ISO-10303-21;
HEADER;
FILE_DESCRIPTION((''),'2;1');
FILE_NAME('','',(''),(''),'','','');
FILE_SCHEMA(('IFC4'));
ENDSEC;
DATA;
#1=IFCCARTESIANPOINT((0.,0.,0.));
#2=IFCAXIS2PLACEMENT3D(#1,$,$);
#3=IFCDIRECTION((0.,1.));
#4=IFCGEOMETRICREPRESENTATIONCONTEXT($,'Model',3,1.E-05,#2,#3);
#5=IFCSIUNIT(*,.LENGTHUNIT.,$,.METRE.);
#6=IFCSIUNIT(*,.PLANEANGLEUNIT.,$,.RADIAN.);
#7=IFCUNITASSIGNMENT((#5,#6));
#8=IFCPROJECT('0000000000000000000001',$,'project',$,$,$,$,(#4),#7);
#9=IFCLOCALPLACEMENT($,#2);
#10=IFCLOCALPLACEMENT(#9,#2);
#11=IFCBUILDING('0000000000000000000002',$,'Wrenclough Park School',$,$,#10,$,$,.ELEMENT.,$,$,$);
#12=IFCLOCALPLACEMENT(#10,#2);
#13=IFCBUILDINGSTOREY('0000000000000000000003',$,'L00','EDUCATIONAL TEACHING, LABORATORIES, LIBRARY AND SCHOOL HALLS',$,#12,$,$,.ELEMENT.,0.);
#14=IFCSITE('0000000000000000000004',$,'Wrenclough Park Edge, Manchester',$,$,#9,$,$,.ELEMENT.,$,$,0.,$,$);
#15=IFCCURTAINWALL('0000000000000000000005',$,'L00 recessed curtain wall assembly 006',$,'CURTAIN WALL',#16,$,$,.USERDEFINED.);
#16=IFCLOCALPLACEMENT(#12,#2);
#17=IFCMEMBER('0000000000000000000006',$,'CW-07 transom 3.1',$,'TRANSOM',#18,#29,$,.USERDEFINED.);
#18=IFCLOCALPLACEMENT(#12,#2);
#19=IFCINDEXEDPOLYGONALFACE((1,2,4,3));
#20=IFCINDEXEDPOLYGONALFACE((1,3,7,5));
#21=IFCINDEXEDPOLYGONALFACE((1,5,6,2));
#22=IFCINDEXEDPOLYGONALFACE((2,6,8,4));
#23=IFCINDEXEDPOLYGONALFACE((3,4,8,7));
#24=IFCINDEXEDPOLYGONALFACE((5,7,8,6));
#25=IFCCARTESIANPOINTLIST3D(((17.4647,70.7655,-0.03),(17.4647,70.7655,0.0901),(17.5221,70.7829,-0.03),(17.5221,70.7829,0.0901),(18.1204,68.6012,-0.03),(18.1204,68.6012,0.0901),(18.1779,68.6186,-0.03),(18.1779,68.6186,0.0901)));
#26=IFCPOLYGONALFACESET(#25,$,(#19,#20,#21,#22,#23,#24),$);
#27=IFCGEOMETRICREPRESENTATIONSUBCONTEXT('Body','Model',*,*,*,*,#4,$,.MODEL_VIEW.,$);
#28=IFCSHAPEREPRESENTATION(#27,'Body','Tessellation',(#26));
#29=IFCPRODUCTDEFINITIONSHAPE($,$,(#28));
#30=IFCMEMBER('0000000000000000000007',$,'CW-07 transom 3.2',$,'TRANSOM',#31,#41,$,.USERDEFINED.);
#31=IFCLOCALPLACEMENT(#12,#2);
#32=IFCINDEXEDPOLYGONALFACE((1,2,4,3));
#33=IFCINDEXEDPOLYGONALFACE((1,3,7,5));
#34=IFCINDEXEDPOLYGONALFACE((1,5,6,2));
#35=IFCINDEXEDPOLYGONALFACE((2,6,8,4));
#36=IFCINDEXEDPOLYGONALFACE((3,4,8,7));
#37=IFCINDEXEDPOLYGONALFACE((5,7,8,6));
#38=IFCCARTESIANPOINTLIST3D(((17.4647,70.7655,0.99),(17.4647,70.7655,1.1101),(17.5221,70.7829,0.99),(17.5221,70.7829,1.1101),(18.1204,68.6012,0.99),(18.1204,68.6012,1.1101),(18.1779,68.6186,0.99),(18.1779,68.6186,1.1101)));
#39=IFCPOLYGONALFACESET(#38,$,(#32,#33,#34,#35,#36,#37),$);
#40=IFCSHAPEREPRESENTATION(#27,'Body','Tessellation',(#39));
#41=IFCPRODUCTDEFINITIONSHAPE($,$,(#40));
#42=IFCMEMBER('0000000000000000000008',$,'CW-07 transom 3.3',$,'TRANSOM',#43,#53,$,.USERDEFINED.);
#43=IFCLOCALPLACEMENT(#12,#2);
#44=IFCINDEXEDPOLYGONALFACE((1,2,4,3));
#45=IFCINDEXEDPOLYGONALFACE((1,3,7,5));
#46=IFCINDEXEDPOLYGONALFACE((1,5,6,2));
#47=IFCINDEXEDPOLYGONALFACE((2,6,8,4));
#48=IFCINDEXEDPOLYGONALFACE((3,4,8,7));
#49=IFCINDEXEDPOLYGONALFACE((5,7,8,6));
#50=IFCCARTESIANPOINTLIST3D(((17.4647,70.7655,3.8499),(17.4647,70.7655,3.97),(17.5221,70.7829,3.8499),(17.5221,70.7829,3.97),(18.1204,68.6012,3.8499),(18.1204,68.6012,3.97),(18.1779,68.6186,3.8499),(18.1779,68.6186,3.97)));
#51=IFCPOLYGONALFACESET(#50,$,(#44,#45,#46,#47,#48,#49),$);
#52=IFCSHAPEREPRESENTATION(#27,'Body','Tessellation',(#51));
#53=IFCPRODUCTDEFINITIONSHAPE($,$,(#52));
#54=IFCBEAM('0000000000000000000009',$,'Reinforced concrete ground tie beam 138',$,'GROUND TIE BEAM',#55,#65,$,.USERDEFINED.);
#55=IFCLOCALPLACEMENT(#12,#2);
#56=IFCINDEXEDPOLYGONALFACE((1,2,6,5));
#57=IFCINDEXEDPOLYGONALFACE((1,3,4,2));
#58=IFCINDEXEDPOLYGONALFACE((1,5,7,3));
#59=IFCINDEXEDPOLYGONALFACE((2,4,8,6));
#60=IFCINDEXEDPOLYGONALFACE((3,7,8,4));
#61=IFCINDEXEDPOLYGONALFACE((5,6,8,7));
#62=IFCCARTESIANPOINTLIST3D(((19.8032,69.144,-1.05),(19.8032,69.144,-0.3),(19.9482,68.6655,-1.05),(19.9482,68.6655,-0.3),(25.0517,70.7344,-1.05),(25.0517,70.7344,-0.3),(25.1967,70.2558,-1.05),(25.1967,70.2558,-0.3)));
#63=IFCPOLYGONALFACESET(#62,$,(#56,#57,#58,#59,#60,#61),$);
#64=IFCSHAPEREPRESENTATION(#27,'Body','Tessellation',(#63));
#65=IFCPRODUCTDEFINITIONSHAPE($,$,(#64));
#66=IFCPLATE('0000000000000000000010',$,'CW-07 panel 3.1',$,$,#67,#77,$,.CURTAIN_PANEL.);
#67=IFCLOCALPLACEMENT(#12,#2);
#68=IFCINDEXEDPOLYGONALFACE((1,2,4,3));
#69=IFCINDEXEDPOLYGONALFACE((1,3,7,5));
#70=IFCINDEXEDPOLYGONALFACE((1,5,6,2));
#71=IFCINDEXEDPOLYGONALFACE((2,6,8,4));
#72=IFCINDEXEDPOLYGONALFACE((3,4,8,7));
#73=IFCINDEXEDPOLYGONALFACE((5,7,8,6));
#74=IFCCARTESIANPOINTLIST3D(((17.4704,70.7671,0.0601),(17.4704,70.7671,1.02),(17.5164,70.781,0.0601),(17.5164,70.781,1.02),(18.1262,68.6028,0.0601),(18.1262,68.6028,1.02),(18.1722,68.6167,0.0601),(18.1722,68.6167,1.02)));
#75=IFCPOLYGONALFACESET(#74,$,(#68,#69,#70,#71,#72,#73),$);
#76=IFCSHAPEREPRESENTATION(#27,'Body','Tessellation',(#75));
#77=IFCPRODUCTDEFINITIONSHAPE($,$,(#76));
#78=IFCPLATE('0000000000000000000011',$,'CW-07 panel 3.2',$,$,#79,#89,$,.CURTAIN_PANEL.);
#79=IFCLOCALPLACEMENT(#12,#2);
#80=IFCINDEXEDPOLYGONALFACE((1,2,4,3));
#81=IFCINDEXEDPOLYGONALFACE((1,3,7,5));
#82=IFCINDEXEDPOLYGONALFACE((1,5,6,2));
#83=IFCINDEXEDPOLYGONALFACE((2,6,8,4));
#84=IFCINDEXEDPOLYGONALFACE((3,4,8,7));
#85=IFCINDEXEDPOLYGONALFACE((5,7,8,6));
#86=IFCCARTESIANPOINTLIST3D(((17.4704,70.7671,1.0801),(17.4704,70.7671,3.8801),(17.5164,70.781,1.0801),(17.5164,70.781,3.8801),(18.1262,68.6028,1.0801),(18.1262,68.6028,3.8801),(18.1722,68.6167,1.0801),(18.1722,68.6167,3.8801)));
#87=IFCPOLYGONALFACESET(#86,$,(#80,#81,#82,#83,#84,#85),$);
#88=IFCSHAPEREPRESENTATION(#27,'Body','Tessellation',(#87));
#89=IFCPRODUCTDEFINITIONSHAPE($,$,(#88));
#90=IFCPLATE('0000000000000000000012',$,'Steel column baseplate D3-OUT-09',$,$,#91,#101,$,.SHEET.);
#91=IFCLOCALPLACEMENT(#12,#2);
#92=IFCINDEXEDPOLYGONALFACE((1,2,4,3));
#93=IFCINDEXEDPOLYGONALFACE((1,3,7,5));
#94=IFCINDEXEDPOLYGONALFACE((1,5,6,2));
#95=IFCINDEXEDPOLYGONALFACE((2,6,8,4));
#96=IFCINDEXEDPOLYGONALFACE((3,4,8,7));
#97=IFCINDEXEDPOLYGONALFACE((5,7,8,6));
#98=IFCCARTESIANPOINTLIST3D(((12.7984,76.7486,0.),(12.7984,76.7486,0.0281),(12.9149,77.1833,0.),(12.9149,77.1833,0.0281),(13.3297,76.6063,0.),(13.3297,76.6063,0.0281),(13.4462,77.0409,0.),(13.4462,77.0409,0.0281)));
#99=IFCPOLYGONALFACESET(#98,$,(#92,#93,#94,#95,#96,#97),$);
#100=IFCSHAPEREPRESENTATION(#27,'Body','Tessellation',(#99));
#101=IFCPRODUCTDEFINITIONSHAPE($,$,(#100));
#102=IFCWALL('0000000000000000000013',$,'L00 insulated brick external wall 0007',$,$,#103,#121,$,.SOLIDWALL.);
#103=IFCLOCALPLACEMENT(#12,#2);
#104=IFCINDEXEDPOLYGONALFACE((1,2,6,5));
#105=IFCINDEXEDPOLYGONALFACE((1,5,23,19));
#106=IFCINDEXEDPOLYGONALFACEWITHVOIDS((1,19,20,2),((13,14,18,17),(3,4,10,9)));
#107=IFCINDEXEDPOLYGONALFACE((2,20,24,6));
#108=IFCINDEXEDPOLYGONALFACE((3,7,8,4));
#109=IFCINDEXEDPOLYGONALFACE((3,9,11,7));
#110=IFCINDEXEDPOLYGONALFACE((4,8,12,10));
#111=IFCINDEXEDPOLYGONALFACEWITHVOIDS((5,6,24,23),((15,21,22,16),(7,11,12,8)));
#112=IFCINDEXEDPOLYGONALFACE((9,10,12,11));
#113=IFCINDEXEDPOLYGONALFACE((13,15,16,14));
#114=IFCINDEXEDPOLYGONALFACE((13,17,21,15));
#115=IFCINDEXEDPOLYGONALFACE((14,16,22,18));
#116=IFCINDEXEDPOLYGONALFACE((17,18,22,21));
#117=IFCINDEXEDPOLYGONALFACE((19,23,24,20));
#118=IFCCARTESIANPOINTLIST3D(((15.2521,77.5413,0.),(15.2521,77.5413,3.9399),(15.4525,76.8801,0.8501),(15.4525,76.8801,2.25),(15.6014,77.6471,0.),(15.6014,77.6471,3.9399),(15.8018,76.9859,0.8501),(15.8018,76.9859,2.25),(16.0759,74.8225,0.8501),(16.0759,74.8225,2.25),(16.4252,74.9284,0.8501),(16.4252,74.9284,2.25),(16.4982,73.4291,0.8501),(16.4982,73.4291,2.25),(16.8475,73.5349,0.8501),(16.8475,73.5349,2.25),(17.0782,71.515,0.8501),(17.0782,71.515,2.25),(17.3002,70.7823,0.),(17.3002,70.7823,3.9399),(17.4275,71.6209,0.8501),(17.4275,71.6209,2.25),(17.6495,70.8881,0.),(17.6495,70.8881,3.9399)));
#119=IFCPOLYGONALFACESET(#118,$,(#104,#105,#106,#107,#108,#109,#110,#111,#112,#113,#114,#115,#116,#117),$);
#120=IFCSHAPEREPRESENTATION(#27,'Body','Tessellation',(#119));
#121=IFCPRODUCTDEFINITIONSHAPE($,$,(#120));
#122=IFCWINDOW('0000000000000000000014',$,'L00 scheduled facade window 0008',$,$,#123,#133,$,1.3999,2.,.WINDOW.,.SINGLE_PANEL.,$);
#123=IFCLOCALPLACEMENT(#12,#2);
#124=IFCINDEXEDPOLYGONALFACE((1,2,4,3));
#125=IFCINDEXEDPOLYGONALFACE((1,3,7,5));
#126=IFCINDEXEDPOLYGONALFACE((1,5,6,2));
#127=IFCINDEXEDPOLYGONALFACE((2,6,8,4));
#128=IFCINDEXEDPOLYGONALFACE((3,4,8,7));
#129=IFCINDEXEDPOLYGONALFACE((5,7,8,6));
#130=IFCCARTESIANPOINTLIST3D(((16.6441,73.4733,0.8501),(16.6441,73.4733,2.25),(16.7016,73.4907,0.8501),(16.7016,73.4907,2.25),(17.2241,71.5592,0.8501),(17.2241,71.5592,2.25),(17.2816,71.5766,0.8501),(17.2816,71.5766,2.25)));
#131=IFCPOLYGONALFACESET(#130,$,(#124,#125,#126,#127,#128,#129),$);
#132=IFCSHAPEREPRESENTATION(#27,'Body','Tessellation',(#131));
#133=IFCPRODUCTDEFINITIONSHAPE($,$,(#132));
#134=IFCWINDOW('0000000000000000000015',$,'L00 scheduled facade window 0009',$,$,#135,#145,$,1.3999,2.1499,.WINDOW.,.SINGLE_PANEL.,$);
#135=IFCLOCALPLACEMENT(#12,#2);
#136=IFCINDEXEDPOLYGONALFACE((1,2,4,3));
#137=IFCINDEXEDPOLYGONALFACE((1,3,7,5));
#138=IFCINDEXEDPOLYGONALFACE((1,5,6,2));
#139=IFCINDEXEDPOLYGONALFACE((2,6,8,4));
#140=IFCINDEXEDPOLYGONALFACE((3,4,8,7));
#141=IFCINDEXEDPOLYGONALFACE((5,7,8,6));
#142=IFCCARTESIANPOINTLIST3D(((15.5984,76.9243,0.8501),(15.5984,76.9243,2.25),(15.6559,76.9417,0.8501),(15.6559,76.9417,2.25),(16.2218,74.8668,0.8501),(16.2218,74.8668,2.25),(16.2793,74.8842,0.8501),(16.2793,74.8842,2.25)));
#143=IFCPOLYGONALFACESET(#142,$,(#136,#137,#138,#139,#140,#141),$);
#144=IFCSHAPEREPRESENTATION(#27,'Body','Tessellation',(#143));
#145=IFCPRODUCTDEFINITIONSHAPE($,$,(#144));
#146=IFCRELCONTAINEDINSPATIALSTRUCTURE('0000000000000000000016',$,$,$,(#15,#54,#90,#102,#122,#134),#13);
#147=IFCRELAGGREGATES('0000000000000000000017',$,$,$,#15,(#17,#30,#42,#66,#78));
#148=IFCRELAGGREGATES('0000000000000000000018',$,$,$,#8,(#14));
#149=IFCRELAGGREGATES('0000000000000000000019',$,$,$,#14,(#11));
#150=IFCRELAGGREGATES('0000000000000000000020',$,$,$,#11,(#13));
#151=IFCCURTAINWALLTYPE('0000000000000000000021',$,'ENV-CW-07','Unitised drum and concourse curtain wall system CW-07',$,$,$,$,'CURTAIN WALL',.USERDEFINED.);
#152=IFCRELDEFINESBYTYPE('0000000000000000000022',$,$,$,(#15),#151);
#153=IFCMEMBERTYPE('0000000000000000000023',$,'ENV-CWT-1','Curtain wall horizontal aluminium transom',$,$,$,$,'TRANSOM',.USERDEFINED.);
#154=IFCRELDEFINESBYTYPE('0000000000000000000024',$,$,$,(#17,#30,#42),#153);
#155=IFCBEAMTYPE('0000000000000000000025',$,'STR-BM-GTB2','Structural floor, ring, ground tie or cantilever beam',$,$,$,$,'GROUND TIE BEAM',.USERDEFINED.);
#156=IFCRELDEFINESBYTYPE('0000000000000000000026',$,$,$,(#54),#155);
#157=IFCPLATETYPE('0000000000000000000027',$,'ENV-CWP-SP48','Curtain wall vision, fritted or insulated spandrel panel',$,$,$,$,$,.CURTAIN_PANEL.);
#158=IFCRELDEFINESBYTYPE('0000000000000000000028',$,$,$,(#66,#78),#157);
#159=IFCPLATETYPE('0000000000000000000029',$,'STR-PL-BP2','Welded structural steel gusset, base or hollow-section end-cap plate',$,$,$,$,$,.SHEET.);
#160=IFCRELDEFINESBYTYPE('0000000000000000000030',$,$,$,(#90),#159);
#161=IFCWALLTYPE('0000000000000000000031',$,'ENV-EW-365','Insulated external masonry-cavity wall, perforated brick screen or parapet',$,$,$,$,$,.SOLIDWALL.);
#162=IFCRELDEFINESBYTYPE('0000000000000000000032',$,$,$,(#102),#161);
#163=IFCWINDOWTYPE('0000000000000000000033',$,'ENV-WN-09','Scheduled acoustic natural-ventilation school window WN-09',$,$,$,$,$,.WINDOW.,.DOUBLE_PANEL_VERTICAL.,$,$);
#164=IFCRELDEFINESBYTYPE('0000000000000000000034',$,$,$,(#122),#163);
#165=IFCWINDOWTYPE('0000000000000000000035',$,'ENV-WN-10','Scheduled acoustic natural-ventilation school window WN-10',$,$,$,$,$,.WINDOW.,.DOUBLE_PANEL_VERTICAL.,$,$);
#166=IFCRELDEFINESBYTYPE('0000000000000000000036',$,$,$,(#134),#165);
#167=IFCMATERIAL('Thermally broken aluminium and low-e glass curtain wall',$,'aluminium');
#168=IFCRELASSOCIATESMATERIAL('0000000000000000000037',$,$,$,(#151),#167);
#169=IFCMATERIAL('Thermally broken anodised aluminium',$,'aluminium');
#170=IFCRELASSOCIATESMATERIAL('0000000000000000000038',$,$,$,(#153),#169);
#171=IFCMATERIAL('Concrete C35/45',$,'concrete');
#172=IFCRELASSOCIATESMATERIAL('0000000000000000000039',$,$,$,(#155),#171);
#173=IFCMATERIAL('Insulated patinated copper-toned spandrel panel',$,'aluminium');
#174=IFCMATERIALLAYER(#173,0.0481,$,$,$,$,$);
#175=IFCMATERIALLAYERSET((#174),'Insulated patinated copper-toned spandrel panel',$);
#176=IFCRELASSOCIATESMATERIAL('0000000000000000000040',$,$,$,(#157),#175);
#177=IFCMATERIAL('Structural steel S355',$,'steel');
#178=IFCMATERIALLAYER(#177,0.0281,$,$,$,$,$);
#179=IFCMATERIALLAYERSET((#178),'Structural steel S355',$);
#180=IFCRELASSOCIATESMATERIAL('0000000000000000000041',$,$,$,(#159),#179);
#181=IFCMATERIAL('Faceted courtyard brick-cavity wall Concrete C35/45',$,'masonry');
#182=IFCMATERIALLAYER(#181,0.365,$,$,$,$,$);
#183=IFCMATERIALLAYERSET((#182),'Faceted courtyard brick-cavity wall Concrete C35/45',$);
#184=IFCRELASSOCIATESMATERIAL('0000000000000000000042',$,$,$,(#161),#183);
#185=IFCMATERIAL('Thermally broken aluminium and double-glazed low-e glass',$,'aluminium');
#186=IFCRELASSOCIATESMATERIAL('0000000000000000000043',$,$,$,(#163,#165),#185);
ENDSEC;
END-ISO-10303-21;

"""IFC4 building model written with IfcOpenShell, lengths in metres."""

from ifc_helpers import new_model, si_unit, direction, frame, frame_2d, origin, origin_2d, place, context, subcontext, project, spatial, rectangle, extrude, material, layer, layer_set, material_profile, profile_set, type_object, element, fill, aggregate, save


model = new_model("IFC4")

# Units and contexts
model_context = context("Model", 3, precision=1e-05, world=origin(), true_north=direction((0.0, 1.0)))
body_context = subcontext(model_context, "Body", "Model", "MODEL_VIEW")
ifc_project = project(units=[si_unit("LENGTHUNIT", "METRE"), si_unit("PLANEANGLEUNIT", "RADIAN")], contexts=[model_context])

# Site, building, storey
site_placement = place(None, origin())
site = spatial("IfcSite", under=ifc_project, at=site_placement, Name="Wrenclough Park Edge, Manchester", CompositionType="ELEMENT", RefElevation=0.0)
building_placement = place(site_placement, origin())
building = spatial("IfcBuilding", under=site, at=building_placement, Name="Wrenclough Park School", CompositionType="ELEMENT")
storey_placement = place(building_placement, origin())
storey = spatial("IfcBuildingStorey", under=building, at=storey_placement, Name="L00", Description="EDUCATIONAL TEACHING, LABORATORIES, LIBRARY AND SCHOOL HALLS", CompositionType="ELEMENT", Elevation=0.0)

# Shared definitions
ifc_material_1 = material(Name="Concrete C35/45", Category="concrete")

# Shared definitions
ifc_material_2 = material(Name="Structural steel S355", Category="steel")

# Curtain wall, members
ifc_material_3 = material(Name="Thermally broken aluminium and low-e glass curtain wall", Category="aluminium")
curtain_wall_type = type_object("IfcCurtainWallType", Name="ENV-CW-07", Description="Unitised drum and concourse curtain wall system CW-07", ElementType="CURTAIN WALL", PredefinedType="USERDEFINED", material=ifc_material_3)
curtain_wall_placement = place(storey_placement, origin())
curtain_wall = element("IfcCurtainWall", 1, at=curtain_wall_placement, inside=storey, type_object=curtain_wall_type, Name="L00 recessed curtain wall assembly 006", ObjectType="CURTAIN WALL", PredefinedType="USERDEFINED")
ifc_material_4 = material(Name="Thermally broken anodised aluminium", Category="aluminium")
ifc_material_profile_1 = material_profile(ifc_material_4, rectangle(XDim=0.0601, YDim=0.1201, at=origin_2d()), Name="AL TRANSOM 60x120")
ifc_profile_set_1 = profile_set([ifc_material_profile_1], Name="Thermally broken anodised aluminium")
member_type_1 = type_object("IfcMemberType", Name="ENV-CWT-1", Description="Curtain wall horizontal aluminium transom", ElementType="TRANSOM", PredefinedType="USERDEFINED", material=ifc_profile_set_1)
member_1_placement = place(storey_placement, frame((18.1492, 68.6099, 0.03), z_axis=(-0.289971, 0.957035, 0.0), x_axis=(-0.957035, -0.289971, 0.0)))
member_1 = element("IfcMember", 2, at=member_1_placement, type_object=member_type_1, Name="CW-07 transom 3.1", ObjectType="TRANSOM", PredefinedType="USERDEFINED", context=body_context, shape_type="SweptSolid", body=[
    extrude(rectangle(XDim=0.0601, YDim=0.1201, at=origin_2d()), origin(), (0.0, 0.0, 1.0), 2.2615),
])
member_2_placement = place(storey_placement, frame((18.1492, 68.6099, 1.05), z_axis=(-0.289971, 0.957035, 0.0), x_axis=(-0.957035, -0.289971, 0.0)))
member_2 = element("IfcMember", 3, at=member_2_placement, type_object=member_type_1, Name="CW-07 transom 3.2", ObjectType="TRANSOM", PredefinedType="USERDEFINED", context=body_context, shape_type="SweptSolid", body=[
    extrude(rectangle(XDim=0.0601, YDim=0.1201, at=origin_2d()), origin(), (0.0, 0.0, 1.0), 2.2615),
])
member_3_placement = place(storey_placement, frame((18.1492, 68.6099, 3.9099), z_axis=(-0.289971, 0.957035, 0.0), x_axis=(-0.957035, -0.289971, 0.0)))
member_3 = element("IfcMember", 4, at=member_3_placement, type_object=member_type_1, Name="CW-07 transom 3.3", ObjectType="TRANSOM", PredefinedType="USERDEFINED", context=body_context, shape_type="SweptSolid", body=[
    extrude(rectangle(XDim=0.0601, YDim=0.1201, at=origin_2d()), origin(), (0.0, 0.0, 1.0), 2.2615),
])

# Beam
ifc_material_profile_2 = material_profile(ifc_material_1, rectangle(XDim=0.5, YDim=0.75, at=origin_2d()), Name="RC GROUND 500x750")
ifc_profile_set_2 = profile_set([ifc_material_profile_2], Name="Concrete C35/45")
beam_type = type_object("IfcBeamType", Name="STR-BM-GTB2", Description="Structural floor, ring, ground tie or cantilever beam", ElementType="GROUND TIE BEAM", PredefinedType="USERDEFINED", material=ifc_profile_set_2)
beam_placement = place(storey_placement, frame((19.8757, 68.9048, -0.675), z_axis=(0.957031, 0.289985, 0.0), x_axis=(-0.289985, 0.957031, 0.0)))
element("IfcBeam", 5, at=beam_placement, inside=storey, type_object=beam_type, Name="Reinforced concrete ground tie beam 138", ObjectType="GROUND TIE BEAM", PredefinedType="USERDEFINED", context=body_context, shape_type="SweptSolid", body=[
    extrude(rectangle(XDim=0.5, YDim=0.75, at=origin_2d()), origin(), (0.0, 0.0, 1.0), 5.4841),
])

# Plates
ifc_material_5 = material(Name="Insulated patinated copper-toned spandrel panel", Category="aluminium")
ifc_layer_1 = layer(ifc_material_5, 0.0481)
ifc_layer_set_1 = layer_set([ifc_layer_1], Name="Insulated patinated copper-toned spandrel panel")
plate_type_1 = type_object("IfcPlateType", Name="ENV-CWP-SP48", Description="Curtain wall vision, fritted or insulated spandrel panel", PredefinedType="CURTAIN_PANEL", material=ifc_layer_set_1)
plate_1_placement = place(storey_placement, frame((17.8213, 69.6919, 0.0601), z_axis=(0.0, 0.0, 1.0), x_axis=(-0.290001, 0.957026, 0.0)))
plate_1 = element("IfcPlate", 6, at=plate_1_placement, type_object=plate_type_1, Name="CW-07 panel 3.1", PredefinedType="CURTAIN_PANEL", context=body_context, shape_type="SweptSolid", body=[
    extrude(rectangle(XDim=2.2615, YDim=0.0481, at=origin_2d()), origin(), (0.0, 0.0, 1.0), 0.96),
])
plate_2_placement = place(storey_placement, frame((17.8213, 69.6919, 1.0801), z_axis=(0.0, 0.0, 1.0), x_axis=(-0.290001, 0.957026, 0.0)))
plate_2 = element("IfcPlate", 7, at=plate_2_placement, type_object=plate_type_1, Name="CW-07 panel 3.2", PredefinedType="CURTAIN_PANEL", context=body_context, shape_type="SweptSolid", body=[
    extrude(rectangle(XDim=2.2615, YDim=0.0481, at=origin_2d()), origin(), (0.0, 0.0, 1.0), 2.8),
])
aggregate(curtain_wall, [member_1, member_2, member_3, plate_1, plate_2])
ifc_layer_2 = layer(ifc_material_2, 0.0281)
ifc_layer_set_2 = layer_set([ifc_layer_2], Name="Structural steel S355")
plate_type_2 = type_object("IfcPlateType", Name="STR-PL-BP2", Description="Welded structural steel gusset, base or hollow-section end-cap plate", PredefinedType="SHEET", material=ifc_layer_set_2)
plate_3_placement = place(storey_placement, frame((13.1223, 76.8948, 0.0), z_axis=(0.0, 0.0, 1.0), x_axis=(0.965926, -0.258819, 0.0)))
element("IfcPlate", 8, at=plate_3_placement, inside=storey, type_object=plate_type_2, Name="Steel column baseplate D3-OUT-09", PredefinedType="SHEET", context=body_context, shape_type="SweptSolid", body=[
    extrude(rectangle(XDim=0.55, YDim=0.45, at=origin_2d()), origin(), (0.0, 0.0, 1.0), 0.0281),
])

# Wall, openings, windows
ifc_material_6 = material(Name="Faceted courtyard brick-cavity wall Concrete C35/45", Category="masonry")
ifc_layer_3 = layer(ifc_material_6, 0.365)
ifc_layer_set_3 = layer_set([ifc_layer_3], Name="Faceted courtyard brick-cavity wall Concrete C35/45")
wall_type = type_object("IfcWallType", Name="ENV-EW-365", Description="Insulated external masonry-cavity wall, perforated brick screen or parapet", PredefinedType="SOLIDWALL", material=ifc_layer_set_3)
wall_placement = place(storey_placement, frame((17.4749, 70.8352, 0.0), z_axis=(0.0, 0.0, 1.0), x_axis=(-0.289995, 0.957028, 0.0)))
wall = element("IfcWall", 9, at=wall_placement, inside=storey, type_object=wall_type, Name="L00 insulated brick external wall 0007", PredefinedType="SOLIDWALL", context=body_context, shape_type="SweptSolid", body=[
    extrude(rectangle(XDim=7.0625, YDim=0.365, at=frame_2d((3.5312, 0.0))), origin(), (0.0, 0.0, 1.0), 3.9399),
])
opening_1_placement = place(wall_placement, frame((0.7656, 0.0, 0.8501)))
opening_1 = element("IfcOpeningElement", 10, at=opening_1_placement, cuts=wall, PredefinedType="OPENING", context=body_context, shape_type="SweptSolid", body=[
    extrude(rectangle(XDim=2.0, YDim=1.3999, at=frame_2d((1.0, 0.7))), frame((0.0, 0.1924, 0.0), z_axis=(0.0, -1.0, 0.0), x_axis=(1.0, 0.0, 0.0)), (0.0, 0.0, 1.0), 0.385),
])
opening_2_placement = place(wall_placement, frame((4.2217, 0.0, 0.8501)))
opening_2 = element("IfcOpeningElement", 11, at=opening_2_placement, cuts=wall, PredefinedType="OPENING", context=body_context, shape_type="SweptSolid", body=[
    extrude(rectangle(XDim=2.1499, YDim=1.3999, at=frame_2d((1.075, 0.7))), frame((0.0, 0.1924, 0.0), z_axis=(0.0, -1.0, 0.0), x_axis=(1.0, 0.0, 0.0)), (0.0, 0.0, 1.0), 0.385),
])
ifc_material_7 = material(Name="Thermally broken aluminium and double-glazed low-e glass", Category="aluminium")
window_type_1 = type_object("IfcWindowType", Name="ENV-WN-09", Description="Scheduled acoustic natural-ventilation school window WN-09", PartitioningType="DOUBLE_PANEL_VERTICAL", PredefinedType="WINDOW", material=ifc_material_7)
window_1_placement = place(opening_1_placement, origin())
window_1 = element("IfcWindow", 12, at=window_1_placement, inside=storey, type_object=window_type_1, Name="L00 scheduled facade window 0008", OverallHeight=1.3999, OverallWidth=2.0, PartitioningType="SINGLE_PANEL", PredefinedType="WINDOW", context=body_context, shape_type="SweptSolid", body=[
    extrude(rectangle(XDim=2.0, YDim=1.3999, at=frame_2d((1.0, 0.7))), frame((0.0, 0.03, 0.0), z_axis=(0.0, -1.0, 0.0), x_axis=(1.0, 0.0, 0.0)), (0.0, 0.0, 1.0), 0.0601),
])
fill(opening_1, window_1)
window_type_2 = type_object("IfcWindowType", Name="ENV-WN-10", Description="Scheduled acoustic natural-ventilation school window WN-10", PartitioningType="DOUBLE_PANEL_VERTICAL", PredefinedType="WINDOW", material=ifc_material_7)
window_2_placement = place(opening_2_placement, origin())
window_2 = element("IfcWindow", 13, at=window_2_placement, inside=storey, type_object=window_type_2, Name="L00 scheduled facade window 0009", OverallHeight=1.3999, OverallWidth=2.1499, PartitioningType="SINGLE_PANEL", PredefinedType="WINDOW", context=body_context, shape_type="SweptSolid", body=[
    extrude(rectangle(XDim=2.1499, YDim=1.3999, at=frame_2d((1.075, 0.7))), frame((0.0, 0.03, 0.0), z_axis=(0.0, -1.0, 0.0), x_axis=(1.0, 0.0, 0.0)), (0.0, 0.0, 1.0), 0.0601),
])
fill(opening_2, window_2)

save(model, "model.ifc")
